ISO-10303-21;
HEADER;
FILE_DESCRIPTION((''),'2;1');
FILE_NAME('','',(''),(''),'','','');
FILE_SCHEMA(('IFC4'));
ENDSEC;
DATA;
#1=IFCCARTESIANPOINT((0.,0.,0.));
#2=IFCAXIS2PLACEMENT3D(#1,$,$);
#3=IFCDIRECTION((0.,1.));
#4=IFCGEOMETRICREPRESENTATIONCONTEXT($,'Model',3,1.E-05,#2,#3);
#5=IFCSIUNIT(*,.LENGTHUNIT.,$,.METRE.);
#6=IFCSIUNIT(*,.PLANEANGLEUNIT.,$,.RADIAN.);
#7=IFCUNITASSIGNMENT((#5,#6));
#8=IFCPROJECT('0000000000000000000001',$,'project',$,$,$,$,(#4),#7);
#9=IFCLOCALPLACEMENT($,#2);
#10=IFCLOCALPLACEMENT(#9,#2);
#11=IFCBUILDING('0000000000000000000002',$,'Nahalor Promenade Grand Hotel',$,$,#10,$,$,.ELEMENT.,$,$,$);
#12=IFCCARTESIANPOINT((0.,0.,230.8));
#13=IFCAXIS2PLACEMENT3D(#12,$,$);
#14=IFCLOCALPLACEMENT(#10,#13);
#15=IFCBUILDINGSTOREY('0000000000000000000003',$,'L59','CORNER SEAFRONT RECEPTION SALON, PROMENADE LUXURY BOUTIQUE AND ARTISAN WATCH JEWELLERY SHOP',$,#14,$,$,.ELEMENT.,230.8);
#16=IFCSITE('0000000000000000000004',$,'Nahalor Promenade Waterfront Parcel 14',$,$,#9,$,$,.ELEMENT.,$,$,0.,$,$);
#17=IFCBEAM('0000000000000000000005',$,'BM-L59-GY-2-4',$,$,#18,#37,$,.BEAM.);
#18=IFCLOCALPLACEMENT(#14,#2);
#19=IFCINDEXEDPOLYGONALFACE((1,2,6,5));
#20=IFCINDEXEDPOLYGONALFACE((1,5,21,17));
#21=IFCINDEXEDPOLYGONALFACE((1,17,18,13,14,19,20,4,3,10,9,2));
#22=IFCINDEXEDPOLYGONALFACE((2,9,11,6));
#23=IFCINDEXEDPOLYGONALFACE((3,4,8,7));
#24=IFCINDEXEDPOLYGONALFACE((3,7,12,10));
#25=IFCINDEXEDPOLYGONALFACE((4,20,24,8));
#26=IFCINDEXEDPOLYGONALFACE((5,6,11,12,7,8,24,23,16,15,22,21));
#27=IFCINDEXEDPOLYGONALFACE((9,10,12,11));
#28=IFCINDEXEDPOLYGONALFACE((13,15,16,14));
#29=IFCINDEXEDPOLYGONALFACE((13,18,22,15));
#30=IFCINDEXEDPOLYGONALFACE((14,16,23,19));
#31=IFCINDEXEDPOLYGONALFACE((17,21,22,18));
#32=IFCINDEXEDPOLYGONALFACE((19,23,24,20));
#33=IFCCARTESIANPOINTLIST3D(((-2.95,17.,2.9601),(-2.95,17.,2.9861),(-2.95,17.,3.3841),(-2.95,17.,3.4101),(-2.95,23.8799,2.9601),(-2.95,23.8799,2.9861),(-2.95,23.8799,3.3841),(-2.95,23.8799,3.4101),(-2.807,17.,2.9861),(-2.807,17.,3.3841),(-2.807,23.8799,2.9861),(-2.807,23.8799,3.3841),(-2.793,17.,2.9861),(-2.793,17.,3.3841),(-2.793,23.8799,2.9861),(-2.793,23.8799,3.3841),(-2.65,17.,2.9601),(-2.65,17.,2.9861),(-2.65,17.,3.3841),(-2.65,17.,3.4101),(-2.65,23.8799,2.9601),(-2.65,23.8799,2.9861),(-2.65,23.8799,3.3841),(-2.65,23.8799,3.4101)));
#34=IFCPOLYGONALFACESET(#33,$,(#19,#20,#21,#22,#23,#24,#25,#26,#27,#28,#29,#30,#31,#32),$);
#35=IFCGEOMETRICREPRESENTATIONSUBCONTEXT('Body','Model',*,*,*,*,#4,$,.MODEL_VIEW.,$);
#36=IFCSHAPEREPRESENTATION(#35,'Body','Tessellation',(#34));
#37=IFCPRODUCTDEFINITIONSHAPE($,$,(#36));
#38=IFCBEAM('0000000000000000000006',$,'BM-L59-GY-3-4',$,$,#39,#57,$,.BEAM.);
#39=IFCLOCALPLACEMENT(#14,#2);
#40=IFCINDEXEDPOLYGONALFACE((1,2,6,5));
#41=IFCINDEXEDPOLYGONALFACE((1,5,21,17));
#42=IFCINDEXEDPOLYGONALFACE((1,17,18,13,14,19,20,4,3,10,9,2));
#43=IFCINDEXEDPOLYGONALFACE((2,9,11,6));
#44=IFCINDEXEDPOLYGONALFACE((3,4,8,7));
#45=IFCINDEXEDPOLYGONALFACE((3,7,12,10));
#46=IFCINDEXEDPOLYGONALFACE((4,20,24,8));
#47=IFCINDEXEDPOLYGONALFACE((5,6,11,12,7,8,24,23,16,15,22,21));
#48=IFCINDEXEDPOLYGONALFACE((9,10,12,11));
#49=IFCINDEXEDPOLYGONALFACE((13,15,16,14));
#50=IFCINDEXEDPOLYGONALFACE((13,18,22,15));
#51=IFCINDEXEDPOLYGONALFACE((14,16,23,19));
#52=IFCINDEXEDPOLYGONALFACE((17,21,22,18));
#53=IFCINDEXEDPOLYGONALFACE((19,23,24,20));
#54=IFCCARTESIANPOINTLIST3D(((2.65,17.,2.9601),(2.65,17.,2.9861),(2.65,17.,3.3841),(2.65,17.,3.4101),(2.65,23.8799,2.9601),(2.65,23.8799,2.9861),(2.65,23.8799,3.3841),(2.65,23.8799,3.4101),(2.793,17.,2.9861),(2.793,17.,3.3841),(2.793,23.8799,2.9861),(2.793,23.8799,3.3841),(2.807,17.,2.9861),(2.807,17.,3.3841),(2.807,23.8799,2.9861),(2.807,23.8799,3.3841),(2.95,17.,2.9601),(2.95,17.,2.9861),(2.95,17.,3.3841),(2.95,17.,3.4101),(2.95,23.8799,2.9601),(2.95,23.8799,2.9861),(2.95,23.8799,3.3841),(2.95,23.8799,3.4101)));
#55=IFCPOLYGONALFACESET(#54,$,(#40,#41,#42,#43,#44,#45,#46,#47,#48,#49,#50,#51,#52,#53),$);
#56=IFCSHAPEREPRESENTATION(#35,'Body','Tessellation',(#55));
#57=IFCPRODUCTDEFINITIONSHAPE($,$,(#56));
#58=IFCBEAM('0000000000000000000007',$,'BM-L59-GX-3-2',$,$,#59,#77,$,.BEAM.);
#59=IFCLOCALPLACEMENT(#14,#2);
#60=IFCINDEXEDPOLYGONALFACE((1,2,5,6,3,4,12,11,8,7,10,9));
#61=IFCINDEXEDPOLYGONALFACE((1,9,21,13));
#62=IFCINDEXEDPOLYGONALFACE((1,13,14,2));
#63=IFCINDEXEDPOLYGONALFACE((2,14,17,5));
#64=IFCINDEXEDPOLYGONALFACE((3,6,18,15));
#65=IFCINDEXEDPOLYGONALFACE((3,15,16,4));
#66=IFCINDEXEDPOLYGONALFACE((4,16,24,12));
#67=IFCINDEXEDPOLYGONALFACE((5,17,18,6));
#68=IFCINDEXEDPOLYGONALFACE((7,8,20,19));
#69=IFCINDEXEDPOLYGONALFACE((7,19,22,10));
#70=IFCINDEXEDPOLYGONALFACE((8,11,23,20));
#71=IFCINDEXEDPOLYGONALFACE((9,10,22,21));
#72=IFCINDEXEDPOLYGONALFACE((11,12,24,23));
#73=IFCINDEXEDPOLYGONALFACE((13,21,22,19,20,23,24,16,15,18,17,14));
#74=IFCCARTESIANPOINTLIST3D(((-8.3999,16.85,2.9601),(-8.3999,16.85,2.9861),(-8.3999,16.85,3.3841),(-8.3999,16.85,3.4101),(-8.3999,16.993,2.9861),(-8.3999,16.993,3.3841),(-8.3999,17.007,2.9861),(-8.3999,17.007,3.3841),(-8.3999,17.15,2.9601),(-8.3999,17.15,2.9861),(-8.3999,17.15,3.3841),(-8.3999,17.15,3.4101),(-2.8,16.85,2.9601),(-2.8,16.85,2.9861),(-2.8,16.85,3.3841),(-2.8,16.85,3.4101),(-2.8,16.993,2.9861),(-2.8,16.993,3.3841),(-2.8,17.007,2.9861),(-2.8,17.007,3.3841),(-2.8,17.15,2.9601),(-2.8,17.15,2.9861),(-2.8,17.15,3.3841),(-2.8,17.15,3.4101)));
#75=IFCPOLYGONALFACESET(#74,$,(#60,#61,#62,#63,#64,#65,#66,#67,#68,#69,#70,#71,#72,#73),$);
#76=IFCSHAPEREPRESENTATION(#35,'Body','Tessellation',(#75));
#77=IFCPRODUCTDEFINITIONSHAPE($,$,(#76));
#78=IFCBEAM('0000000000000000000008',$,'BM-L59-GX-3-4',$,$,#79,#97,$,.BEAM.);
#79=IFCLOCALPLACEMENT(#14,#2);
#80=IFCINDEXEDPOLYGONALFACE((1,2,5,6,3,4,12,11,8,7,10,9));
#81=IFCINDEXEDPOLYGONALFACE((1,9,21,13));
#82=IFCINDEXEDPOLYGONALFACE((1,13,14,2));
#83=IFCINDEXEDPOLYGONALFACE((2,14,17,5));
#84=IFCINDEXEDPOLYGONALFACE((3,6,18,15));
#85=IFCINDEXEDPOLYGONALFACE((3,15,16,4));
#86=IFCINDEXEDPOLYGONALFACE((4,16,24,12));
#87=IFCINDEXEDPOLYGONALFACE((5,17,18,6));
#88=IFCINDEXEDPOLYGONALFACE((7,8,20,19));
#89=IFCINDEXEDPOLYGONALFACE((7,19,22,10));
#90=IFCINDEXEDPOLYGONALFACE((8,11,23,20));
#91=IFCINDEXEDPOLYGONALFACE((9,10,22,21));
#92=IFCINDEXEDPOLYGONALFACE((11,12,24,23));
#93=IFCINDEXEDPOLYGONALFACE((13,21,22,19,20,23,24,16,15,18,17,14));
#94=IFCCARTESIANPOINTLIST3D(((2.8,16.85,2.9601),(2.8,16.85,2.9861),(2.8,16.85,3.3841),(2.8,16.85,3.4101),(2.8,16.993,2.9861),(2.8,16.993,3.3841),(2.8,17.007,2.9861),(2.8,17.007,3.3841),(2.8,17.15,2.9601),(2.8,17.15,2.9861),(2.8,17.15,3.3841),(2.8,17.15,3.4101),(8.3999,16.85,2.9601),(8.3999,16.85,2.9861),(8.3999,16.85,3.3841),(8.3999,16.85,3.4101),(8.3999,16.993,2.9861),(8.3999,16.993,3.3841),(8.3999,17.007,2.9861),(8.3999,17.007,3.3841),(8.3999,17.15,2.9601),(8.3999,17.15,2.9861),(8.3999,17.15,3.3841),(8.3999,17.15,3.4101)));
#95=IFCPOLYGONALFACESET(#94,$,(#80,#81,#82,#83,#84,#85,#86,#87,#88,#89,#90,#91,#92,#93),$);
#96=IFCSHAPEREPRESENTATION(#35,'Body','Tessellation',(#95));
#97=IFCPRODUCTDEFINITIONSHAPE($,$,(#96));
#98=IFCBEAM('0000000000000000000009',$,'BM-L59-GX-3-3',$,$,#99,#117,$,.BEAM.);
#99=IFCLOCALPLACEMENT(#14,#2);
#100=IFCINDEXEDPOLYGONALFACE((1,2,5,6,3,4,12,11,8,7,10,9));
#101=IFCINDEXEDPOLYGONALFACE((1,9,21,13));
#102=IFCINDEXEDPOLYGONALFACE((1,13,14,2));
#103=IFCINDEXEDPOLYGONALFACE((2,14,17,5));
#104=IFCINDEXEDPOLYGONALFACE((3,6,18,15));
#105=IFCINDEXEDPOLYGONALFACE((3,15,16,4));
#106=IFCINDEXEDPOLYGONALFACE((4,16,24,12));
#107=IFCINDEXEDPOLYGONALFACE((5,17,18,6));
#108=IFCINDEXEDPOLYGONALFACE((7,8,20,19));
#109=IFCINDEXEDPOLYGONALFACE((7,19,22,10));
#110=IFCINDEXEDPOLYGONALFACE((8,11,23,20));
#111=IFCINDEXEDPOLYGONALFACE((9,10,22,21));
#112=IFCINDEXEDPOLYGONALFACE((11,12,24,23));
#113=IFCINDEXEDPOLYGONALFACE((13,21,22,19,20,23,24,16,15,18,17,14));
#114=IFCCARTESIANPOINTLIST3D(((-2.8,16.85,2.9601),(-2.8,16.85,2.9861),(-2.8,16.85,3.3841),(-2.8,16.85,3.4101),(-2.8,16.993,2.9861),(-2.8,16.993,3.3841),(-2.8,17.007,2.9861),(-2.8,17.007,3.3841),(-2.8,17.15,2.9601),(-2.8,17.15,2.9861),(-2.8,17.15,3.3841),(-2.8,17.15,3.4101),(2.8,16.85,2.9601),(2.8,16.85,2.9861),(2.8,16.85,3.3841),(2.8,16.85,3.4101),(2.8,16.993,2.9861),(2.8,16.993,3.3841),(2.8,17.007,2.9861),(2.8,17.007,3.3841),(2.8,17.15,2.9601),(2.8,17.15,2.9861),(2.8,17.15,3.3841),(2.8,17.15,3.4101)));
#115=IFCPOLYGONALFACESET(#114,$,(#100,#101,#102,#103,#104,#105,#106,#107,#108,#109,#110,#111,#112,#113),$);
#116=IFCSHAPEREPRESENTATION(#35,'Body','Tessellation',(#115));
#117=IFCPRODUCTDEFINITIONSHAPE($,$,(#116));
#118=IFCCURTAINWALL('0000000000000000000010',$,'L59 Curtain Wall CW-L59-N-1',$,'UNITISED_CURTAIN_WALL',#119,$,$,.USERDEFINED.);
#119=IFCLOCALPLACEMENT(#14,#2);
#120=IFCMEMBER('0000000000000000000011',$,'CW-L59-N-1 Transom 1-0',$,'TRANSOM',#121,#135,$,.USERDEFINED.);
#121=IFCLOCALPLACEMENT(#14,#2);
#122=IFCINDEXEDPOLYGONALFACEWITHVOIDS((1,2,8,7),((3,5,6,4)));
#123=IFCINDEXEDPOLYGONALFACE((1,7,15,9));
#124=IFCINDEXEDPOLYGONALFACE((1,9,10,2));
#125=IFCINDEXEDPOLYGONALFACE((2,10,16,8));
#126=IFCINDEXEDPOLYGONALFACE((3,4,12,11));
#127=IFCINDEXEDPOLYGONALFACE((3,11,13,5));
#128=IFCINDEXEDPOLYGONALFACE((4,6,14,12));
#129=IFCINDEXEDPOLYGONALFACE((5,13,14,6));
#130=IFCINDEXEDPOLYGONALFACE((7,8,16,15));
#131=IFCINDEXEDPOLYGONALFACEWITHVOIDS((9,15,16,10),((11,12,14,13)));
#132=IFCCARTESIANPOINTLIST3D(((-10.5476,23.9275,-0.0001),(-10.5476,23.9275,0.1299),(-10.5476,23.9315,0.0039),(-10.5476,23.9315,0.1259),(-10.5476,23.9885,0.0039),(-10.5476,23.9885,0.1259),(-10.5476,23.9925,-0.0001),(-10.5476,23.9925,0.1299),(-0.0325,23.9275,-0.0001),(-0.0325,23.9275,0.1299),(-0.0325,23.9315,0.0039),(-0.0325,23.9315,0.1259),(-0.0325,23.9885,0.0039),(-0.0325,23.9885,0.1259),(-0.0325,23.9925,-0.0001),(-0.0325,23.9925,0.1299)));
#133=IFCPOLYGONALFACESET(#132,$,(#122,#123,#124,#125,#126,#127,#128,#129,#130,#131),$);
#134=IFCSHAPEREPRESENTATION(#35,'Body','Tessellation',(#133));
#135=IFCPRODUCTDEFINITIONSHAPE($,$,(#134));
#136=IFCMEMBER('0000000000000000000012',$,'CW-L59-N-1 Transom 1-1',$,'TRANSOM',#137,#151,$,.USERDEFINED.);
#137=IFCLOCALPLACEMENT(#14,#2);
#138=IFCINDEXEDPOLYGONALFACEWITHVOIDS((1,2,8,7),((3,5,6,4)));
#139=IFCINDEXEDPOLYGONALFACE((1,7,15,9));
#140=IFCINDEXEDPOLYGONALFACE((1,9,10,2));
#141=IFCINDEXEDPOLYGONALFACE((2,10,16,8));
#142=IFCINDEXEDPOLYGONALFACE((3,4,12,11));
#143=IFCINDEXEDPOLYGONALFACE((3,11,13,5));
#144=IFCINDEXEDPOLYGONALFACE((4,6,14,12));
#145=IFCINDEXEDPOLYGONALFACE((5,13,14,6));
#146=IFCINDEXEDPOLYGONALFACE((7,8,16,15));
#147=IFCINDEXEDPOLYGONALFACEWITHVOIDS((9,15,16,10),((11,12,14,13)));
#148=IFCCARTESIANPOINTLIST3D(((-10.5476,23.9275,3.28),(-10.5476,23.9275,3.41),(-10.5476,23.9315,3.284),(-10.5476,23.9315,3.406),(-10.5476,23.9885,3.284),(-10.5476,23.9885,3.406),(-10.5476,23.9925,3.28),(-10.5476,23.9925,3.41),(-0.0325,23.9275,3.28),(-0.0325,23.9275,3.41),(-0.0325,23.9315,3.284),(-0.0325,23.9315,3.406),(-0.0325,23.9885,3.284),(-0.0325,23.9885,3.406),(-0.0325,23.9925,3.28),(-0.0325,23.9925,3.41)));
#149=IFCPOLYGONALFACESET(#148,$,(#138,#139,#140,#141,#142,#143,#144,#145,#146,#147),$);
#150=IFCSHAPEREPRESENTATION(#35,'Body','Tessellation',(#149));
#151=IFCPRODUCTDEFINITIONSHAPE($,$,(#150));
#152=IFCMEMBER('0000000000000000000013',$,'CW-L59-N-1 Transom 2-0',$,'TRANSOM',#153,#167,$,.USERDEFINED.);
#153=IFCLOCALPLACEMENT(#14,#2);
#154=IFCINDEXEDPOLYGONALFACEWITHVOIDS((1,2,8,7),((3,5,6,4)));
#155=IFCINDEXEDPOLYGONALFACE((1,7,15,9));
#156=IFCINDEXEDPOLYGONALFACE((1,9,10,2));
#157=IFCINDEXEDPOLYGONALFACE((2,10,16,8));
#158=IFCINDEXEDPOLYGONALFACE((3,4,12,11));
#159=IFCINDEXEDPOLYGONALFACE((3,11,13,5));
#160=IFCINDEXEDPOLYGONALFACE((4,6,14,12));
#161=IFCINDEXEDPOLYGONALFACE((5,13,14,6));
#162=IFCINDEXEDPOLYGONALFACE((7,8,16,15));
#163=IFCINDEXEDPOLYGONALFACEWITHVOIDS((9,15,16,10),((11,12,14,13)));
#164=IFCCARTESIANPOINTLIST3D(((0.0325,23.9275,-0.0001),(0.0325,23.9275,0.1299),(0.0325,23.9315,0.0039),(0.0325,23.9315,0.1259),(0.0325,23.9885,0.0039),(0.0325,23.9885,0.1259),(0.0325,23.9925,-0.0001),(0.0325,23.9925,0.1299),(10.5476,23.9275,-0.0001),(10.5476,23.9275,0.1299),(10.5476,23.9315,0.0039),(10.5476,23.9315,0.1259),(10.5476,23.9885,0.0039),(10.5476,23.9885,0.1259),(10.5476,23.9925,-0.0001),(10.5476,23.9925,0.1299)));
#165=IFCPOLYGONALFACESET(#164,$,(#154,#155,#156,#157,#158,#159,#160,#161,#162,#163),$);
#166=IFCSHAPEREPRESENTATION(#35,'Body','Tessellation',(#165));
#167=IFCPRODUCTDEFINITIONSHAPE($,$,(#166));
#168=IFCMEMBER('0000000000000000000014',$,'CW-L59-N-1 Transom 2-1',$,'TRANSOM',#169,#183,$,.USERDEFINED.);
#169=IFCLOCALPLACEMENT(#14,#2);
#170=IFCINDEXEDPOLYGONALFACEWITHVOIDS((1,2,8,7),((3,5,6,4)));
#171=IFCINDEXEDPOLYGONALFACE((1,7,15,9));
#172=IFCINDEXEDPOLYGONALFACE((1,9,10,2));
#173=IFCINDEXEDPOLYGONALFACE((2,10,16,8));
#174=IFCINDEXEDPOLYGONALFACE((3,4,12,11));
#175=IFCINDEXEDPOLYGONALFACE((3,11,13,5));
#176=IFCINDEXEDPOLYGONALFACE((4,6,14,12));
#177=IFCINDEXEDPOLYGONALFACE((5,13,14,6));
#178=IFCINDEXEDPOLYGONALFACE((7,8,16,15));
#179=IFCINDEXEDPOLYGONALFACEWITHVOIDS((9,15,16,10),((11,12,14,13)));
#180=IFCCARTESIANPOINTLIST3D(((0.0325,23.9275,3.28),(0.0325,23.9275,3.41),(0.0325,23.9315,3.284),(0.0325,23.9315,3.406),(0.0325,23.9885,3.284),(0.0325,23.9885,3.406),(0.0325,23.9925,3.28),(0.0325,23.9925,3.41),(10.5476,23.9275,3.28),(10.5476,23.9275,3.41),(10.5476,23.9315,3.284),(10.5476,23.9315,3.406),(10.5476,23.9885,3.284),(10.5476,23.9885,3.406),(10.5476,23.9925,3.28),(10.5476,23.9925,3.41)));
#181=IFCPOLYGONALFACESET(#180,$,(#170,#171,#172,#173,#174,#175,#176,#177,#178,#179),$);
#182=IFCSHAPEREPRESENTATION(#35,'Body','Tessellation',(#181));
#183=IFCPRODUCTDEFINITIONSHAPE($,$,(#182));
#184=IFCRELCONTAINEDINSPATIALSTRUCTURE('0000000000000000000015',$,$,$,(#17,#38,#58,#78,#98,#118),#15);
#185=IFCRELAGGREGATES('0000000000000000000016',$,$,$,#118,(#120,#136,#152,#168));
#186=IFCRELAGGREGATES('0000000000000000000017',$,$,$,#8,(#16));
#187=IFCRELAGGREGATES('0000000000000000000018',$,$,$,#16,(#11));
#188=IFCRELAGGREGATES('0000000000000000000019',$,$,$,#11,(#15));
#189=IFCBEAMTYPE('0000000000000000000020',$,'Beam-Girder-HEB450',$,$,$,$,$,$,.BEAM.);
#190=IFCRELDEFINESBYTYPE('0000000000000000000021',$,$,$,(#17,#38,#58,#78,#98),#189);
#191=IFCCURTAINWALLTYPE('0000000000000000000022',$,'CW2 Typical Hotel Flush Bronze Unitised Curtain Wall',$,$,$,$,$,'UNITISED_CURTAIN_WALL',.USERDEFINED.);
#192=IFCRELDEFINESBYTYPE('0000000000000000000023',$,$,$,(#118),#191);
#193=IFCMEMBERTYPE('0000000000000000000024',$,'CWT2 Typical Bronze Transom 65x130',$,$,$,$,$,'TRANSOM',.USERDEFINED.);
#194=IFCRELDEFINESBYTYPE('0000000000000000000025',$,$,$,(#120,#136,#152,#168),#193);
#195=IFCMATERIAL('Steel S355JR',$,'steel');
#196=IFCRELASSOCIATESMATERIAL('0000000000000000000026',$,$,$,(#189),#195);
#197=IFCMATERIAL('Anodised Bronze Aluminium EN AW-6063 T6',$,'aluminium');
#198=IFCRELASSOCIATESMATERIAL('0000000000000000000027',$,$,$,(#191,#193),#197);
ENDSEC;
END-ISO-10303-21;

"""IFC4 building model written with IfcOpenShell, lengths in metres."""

from ifc_helpers import new_model, si_unit, direction, frame, origin, origin_2d, place, context, subcontext, project, spatial, hollow_rectangle, i_section, extrude, source, transform, mapped, material, material_profile, profile_set, type_object, element, aggregate, save


model = new_model("IFC4")

# Units and contexts
model_context = context("Model", 3, precision=1e-05, world=origin(), true_north=direction((0.0, 1.0)))
body_context = subcontext(model_context, "Body", "Model", "MODEL_VIEW")
ifc_project = project(units=[si_unit("LENGTHUNIT", "METRE"), si_unit("PLANEANGLEUNIT", "RADIAN")], contexts=[model_context])

# Site, building, storey
site_placement = place(None, origin())
site = spatial("IfcSite", under=ifc_project, at=site_placement, Name="Nahalor Promenade Waterfront Parcel 14", CompositionType="ELEMENT", RefElevation=0.0)
building_placement = place(site_placement, origin())
building = spatial("IfcBuilding", under=site, at=building_placement, Name="Nahalor Promenade Grand Hotel", CompositionType="ELEMENT")
storey_placement = place(building_placement, frame((0.0, 0.0, 230.8)))
storey = spatial("IfcBuildingStorey", under=building, at=storey_placement, Name="L59", Description="CORNER SEAFRONT RECEPTION SALON, PROMENADE LUXURY BOUTIQUE AND ARTISAN WATCH JEWELLERY SHOP", CompositionType="ELEMENT", Elevation=230.8)

# Shared definitions
ifc_material_1 = material(Name="Steel S355JR", Category="steel")

# Beams
ifc_material_profile_1 = material_profile(ifc_material_1, i_section(OverallWidth=0.3, OverallDepth=0.45, WebThickness=0.014, FlangeThickness=0.026, at=origin_2d()), Name="HEB 450")
ifc_profile_set_1 = profile_set([ifc_material_profile_1], Name="Steel S355JR")
beam_type_1 = type_object("IfcBeamType", Name="Beam-Girder-HEB450", PredefinedType="BEAM", material=ifc_profile_set_1)
shared_shape_1 = source(origin(), body_context, "Body", "SweptSolid", [
    extrude(i_section(OverallWidth=0.3, OverallDepth=0.45, WebThickness=0.014, FlangeThickness=0.026, at=origin_2d()), origin(), (0.0, 0.0, 1.0), 6.8799),
])
for number, where, z_axis, x_axis, name in (
    (1, (-2.8, 17.0, 3.1851), (0.0, 1.0, 0.0), (-1.0, 0.0, 0.0), "BM-L59-GY-2-4"),
    (2, (2.8, 17.0, 3.1851), (0.0, 1.0, 0.0), (-1.0, 0.0, 0.0), "BM-L59-GY-3-4"),
):
    element("IfcBeam", number, at=place(storey_placement, frame(where, z_axis=z_axis, x_axis=x_axis)), inside=storey, type_object=beam_type_1, Name=name, PredefinedType="BEAM", context=body_context, shape_type="MappedRepresentation", body=[
        mapped(shared_shape_1, transform((0.0, 0.0, 0.0), scale=1.0)),
    ])
shared_shape_2 = source(origin(), body_context, "Body", "SweptSolid", [
    extrude(i_section(OverallWidth=0.3, OverallDepth=0.45, WebThickness=0.014, FlangeThickness=0.026, at=origin_2d()), origin(), (0.0, 0.0, 1.0), 5.5999),
])
for number, where, z_axis, x_axis, name in (
    (3, (-8.3999, 17.0, 3.1851), (1.0, 0.0, 0.0), (0.0, 1.0, 0.0), "BM-L59-GX-3-2"),
    (4, (2.8, 17.0, 3.1851), (1.0, 0.0, 0.0), (0.0, 1.0, 0.0), "BM-L59-GX-3-4"),
):
    element("IfcBeam", number, at=place(storey_placement, frame(where, z_axis=z_axis, x_axis=x_axis)), inside=storey, type_object=beam_type_1, Name=name, PredefinedType="BEAM", context=body_context, shape_type="MappedRepresentation", body=[
        mapped(shared_shape_2, transform((0.0, 0.0, 0.0), scale=1.0)),
    ])
shared_shape_3 = source(origin(), body_context, "Body", "SweptSolid", [
    extrude(i_section(OverallWidth=0.3, OverallDepth=0.45, WebThickness=0.014, FlangeThickness=0.026, at=origin_2d()), origin(), (0.0, 0.0, 1.0), 5.6001),
])
beam_1_placement = place(storey_placement, frame((-2.8, 17.0, 3.1851), z_axis=(1.0, 0.0, 0.0), x_axis=(0.0, 1.0, 0.0)))
element("IfcBeam", 5, at=beam_1_placement, inside=storey, type_object=beam_type_1, Name="BM-L59-GX-3-3", PredefinedType="BEAM", context=body_context, shape_type="MappedRepresentation", body=[
    mapped(shared_shape_3, transform((0.0, 0.0, 0.0), scale=1.0)),
])

# Curtain wall, members
ifc_material_2 = material(Name="Anodised Bronze Aluminium EN AW-6063 T6", Category="aluminium")
curtain_wall_type = type_object("IfcCurtainWallType", Name="CW2 Typical Hotel Flush Bronze Unitised Curtain Wall", ElementType="UNITISED_CURTAIN_WALL", PredefinedType="USERDEFINED", material=ifc_material_2)
curtain_wall_placement = place(storey_placement, origin())
curtain_wall = element("IfcCurtainWall", 6, at=curtain_wall_placement, inside=storey, type_object=curtain_wall_type, Name="L59 Curtain Wall CW-L59-N-1", ObjectType="UNITISED_CURTAIN_WALL", PredefinedType="USERDEFINED")
ifc_material_profile_2 = material_profile(ifc_material_2, hollow_rectangle(XDim=0.065, YDim=0.13, WallThickness=0.004, at=origin_2d()), Name="CWT 65x130x4")
ifc_profile_set_2 = profile_set([ifc_material_profile_2], Name="Anodised Bronze Aluminium EN AW-6063 T6")
member_type_1 = type_object("IfcMemberType", Name="CWT2 Typical Bronze Transom 65x130", ElementType="TRANSOM", PredefinedType="USERDEFINED", material=ifc_profile_set_2)
shared_shape_4 = source(origin(), body_context, "Body", "SweptSolid", [
    extrude(hollow_rectangle(XDim=0.065, YDim=0.13, WallThickness=0.004, at=origin_2d()), origin(), (0.0, 0.0, 1.0), 10.5151),
])
member_1_placement = place(storey_placement, frame((-10.5476, 23.96, 0.0649), z_axis=(1.0, 0.0, 0.0), x_axis=(0.0, 1.0, 0.0)))
member_1 = element("IfcMember", 7, at=member_1_placement, type_object=member_type_1, Name="CW-L59-N-1 Transom 1-0", ObjectType="TRANSOM", PredefinedType="USERDEFINED", context=body_context, shape_type="MappedRepresentation", body=[
    mapped(shared_shape_4, transform((0.0, 0.0, 0.0), scale=1.0)),
])
member_2_placement = place(storey_placement, frame((-10.5476, 23.96, 3.345), z_axis=(1.0, 0.0, 0.0), x_axis=(0.0, 1.0, 0.0)))
member_2 = element("IfcMember", 8, at=member_2_placement, type_object=member_type_1, Name="CW-L59-N-1 Transom 1-1", ObjectType="TRANSOM", PredefinedType="USERDEFINED", context=body_context, shape_type="MappedRepresentation", body=[
    mapped(shared_shape_4, transform((0.0, 0.0, 0.0), scale=1.0)),
])
member_3_placement = place(storey_placement, frame((0.0325, 23.96, 0.0649), z_axis=(1.0, 0.0, 0.0), x_axis=(0.0, 1.0, 0.0)))
member_3 = element("IfcMember", 9, at=member_3_placement, type_object=member_type_1, Name="CW-L59-N-1 Transom 2-0", ObjectType="TRANSOM", PredefinedType="USERDEFINED", context=body_context, shape_type="MappedRepresentation", body=[
    mapped(shared_shape_4, transform((0.0, 0.0, 0.0), scale=1.0)),
])
member_4_placement = place(storey_placement, frame((0.0325, 23.96, 3.345), z_axis=(1.0, 0.0, 0.0), x_axis=(0.0, 1.0, 0.0)))
member_4 = element("IfcMember", 10, at=member_4_placement, type_object=member_type_1, Name="CW-L59-N-1 Transom 2-1", ObjectType="TRANSOM", PredefinedType="USERDEFINED", context=body_context, shape_type="MappedRepresentation", body=[
    mapped(shared_shape_4, transform((0.0, 0.0, 0.0), scale=1.0)),
])
aggregate(curtain_wall, [member_1, member_2, member_3, member_4])

save(model, "model.ifc")
